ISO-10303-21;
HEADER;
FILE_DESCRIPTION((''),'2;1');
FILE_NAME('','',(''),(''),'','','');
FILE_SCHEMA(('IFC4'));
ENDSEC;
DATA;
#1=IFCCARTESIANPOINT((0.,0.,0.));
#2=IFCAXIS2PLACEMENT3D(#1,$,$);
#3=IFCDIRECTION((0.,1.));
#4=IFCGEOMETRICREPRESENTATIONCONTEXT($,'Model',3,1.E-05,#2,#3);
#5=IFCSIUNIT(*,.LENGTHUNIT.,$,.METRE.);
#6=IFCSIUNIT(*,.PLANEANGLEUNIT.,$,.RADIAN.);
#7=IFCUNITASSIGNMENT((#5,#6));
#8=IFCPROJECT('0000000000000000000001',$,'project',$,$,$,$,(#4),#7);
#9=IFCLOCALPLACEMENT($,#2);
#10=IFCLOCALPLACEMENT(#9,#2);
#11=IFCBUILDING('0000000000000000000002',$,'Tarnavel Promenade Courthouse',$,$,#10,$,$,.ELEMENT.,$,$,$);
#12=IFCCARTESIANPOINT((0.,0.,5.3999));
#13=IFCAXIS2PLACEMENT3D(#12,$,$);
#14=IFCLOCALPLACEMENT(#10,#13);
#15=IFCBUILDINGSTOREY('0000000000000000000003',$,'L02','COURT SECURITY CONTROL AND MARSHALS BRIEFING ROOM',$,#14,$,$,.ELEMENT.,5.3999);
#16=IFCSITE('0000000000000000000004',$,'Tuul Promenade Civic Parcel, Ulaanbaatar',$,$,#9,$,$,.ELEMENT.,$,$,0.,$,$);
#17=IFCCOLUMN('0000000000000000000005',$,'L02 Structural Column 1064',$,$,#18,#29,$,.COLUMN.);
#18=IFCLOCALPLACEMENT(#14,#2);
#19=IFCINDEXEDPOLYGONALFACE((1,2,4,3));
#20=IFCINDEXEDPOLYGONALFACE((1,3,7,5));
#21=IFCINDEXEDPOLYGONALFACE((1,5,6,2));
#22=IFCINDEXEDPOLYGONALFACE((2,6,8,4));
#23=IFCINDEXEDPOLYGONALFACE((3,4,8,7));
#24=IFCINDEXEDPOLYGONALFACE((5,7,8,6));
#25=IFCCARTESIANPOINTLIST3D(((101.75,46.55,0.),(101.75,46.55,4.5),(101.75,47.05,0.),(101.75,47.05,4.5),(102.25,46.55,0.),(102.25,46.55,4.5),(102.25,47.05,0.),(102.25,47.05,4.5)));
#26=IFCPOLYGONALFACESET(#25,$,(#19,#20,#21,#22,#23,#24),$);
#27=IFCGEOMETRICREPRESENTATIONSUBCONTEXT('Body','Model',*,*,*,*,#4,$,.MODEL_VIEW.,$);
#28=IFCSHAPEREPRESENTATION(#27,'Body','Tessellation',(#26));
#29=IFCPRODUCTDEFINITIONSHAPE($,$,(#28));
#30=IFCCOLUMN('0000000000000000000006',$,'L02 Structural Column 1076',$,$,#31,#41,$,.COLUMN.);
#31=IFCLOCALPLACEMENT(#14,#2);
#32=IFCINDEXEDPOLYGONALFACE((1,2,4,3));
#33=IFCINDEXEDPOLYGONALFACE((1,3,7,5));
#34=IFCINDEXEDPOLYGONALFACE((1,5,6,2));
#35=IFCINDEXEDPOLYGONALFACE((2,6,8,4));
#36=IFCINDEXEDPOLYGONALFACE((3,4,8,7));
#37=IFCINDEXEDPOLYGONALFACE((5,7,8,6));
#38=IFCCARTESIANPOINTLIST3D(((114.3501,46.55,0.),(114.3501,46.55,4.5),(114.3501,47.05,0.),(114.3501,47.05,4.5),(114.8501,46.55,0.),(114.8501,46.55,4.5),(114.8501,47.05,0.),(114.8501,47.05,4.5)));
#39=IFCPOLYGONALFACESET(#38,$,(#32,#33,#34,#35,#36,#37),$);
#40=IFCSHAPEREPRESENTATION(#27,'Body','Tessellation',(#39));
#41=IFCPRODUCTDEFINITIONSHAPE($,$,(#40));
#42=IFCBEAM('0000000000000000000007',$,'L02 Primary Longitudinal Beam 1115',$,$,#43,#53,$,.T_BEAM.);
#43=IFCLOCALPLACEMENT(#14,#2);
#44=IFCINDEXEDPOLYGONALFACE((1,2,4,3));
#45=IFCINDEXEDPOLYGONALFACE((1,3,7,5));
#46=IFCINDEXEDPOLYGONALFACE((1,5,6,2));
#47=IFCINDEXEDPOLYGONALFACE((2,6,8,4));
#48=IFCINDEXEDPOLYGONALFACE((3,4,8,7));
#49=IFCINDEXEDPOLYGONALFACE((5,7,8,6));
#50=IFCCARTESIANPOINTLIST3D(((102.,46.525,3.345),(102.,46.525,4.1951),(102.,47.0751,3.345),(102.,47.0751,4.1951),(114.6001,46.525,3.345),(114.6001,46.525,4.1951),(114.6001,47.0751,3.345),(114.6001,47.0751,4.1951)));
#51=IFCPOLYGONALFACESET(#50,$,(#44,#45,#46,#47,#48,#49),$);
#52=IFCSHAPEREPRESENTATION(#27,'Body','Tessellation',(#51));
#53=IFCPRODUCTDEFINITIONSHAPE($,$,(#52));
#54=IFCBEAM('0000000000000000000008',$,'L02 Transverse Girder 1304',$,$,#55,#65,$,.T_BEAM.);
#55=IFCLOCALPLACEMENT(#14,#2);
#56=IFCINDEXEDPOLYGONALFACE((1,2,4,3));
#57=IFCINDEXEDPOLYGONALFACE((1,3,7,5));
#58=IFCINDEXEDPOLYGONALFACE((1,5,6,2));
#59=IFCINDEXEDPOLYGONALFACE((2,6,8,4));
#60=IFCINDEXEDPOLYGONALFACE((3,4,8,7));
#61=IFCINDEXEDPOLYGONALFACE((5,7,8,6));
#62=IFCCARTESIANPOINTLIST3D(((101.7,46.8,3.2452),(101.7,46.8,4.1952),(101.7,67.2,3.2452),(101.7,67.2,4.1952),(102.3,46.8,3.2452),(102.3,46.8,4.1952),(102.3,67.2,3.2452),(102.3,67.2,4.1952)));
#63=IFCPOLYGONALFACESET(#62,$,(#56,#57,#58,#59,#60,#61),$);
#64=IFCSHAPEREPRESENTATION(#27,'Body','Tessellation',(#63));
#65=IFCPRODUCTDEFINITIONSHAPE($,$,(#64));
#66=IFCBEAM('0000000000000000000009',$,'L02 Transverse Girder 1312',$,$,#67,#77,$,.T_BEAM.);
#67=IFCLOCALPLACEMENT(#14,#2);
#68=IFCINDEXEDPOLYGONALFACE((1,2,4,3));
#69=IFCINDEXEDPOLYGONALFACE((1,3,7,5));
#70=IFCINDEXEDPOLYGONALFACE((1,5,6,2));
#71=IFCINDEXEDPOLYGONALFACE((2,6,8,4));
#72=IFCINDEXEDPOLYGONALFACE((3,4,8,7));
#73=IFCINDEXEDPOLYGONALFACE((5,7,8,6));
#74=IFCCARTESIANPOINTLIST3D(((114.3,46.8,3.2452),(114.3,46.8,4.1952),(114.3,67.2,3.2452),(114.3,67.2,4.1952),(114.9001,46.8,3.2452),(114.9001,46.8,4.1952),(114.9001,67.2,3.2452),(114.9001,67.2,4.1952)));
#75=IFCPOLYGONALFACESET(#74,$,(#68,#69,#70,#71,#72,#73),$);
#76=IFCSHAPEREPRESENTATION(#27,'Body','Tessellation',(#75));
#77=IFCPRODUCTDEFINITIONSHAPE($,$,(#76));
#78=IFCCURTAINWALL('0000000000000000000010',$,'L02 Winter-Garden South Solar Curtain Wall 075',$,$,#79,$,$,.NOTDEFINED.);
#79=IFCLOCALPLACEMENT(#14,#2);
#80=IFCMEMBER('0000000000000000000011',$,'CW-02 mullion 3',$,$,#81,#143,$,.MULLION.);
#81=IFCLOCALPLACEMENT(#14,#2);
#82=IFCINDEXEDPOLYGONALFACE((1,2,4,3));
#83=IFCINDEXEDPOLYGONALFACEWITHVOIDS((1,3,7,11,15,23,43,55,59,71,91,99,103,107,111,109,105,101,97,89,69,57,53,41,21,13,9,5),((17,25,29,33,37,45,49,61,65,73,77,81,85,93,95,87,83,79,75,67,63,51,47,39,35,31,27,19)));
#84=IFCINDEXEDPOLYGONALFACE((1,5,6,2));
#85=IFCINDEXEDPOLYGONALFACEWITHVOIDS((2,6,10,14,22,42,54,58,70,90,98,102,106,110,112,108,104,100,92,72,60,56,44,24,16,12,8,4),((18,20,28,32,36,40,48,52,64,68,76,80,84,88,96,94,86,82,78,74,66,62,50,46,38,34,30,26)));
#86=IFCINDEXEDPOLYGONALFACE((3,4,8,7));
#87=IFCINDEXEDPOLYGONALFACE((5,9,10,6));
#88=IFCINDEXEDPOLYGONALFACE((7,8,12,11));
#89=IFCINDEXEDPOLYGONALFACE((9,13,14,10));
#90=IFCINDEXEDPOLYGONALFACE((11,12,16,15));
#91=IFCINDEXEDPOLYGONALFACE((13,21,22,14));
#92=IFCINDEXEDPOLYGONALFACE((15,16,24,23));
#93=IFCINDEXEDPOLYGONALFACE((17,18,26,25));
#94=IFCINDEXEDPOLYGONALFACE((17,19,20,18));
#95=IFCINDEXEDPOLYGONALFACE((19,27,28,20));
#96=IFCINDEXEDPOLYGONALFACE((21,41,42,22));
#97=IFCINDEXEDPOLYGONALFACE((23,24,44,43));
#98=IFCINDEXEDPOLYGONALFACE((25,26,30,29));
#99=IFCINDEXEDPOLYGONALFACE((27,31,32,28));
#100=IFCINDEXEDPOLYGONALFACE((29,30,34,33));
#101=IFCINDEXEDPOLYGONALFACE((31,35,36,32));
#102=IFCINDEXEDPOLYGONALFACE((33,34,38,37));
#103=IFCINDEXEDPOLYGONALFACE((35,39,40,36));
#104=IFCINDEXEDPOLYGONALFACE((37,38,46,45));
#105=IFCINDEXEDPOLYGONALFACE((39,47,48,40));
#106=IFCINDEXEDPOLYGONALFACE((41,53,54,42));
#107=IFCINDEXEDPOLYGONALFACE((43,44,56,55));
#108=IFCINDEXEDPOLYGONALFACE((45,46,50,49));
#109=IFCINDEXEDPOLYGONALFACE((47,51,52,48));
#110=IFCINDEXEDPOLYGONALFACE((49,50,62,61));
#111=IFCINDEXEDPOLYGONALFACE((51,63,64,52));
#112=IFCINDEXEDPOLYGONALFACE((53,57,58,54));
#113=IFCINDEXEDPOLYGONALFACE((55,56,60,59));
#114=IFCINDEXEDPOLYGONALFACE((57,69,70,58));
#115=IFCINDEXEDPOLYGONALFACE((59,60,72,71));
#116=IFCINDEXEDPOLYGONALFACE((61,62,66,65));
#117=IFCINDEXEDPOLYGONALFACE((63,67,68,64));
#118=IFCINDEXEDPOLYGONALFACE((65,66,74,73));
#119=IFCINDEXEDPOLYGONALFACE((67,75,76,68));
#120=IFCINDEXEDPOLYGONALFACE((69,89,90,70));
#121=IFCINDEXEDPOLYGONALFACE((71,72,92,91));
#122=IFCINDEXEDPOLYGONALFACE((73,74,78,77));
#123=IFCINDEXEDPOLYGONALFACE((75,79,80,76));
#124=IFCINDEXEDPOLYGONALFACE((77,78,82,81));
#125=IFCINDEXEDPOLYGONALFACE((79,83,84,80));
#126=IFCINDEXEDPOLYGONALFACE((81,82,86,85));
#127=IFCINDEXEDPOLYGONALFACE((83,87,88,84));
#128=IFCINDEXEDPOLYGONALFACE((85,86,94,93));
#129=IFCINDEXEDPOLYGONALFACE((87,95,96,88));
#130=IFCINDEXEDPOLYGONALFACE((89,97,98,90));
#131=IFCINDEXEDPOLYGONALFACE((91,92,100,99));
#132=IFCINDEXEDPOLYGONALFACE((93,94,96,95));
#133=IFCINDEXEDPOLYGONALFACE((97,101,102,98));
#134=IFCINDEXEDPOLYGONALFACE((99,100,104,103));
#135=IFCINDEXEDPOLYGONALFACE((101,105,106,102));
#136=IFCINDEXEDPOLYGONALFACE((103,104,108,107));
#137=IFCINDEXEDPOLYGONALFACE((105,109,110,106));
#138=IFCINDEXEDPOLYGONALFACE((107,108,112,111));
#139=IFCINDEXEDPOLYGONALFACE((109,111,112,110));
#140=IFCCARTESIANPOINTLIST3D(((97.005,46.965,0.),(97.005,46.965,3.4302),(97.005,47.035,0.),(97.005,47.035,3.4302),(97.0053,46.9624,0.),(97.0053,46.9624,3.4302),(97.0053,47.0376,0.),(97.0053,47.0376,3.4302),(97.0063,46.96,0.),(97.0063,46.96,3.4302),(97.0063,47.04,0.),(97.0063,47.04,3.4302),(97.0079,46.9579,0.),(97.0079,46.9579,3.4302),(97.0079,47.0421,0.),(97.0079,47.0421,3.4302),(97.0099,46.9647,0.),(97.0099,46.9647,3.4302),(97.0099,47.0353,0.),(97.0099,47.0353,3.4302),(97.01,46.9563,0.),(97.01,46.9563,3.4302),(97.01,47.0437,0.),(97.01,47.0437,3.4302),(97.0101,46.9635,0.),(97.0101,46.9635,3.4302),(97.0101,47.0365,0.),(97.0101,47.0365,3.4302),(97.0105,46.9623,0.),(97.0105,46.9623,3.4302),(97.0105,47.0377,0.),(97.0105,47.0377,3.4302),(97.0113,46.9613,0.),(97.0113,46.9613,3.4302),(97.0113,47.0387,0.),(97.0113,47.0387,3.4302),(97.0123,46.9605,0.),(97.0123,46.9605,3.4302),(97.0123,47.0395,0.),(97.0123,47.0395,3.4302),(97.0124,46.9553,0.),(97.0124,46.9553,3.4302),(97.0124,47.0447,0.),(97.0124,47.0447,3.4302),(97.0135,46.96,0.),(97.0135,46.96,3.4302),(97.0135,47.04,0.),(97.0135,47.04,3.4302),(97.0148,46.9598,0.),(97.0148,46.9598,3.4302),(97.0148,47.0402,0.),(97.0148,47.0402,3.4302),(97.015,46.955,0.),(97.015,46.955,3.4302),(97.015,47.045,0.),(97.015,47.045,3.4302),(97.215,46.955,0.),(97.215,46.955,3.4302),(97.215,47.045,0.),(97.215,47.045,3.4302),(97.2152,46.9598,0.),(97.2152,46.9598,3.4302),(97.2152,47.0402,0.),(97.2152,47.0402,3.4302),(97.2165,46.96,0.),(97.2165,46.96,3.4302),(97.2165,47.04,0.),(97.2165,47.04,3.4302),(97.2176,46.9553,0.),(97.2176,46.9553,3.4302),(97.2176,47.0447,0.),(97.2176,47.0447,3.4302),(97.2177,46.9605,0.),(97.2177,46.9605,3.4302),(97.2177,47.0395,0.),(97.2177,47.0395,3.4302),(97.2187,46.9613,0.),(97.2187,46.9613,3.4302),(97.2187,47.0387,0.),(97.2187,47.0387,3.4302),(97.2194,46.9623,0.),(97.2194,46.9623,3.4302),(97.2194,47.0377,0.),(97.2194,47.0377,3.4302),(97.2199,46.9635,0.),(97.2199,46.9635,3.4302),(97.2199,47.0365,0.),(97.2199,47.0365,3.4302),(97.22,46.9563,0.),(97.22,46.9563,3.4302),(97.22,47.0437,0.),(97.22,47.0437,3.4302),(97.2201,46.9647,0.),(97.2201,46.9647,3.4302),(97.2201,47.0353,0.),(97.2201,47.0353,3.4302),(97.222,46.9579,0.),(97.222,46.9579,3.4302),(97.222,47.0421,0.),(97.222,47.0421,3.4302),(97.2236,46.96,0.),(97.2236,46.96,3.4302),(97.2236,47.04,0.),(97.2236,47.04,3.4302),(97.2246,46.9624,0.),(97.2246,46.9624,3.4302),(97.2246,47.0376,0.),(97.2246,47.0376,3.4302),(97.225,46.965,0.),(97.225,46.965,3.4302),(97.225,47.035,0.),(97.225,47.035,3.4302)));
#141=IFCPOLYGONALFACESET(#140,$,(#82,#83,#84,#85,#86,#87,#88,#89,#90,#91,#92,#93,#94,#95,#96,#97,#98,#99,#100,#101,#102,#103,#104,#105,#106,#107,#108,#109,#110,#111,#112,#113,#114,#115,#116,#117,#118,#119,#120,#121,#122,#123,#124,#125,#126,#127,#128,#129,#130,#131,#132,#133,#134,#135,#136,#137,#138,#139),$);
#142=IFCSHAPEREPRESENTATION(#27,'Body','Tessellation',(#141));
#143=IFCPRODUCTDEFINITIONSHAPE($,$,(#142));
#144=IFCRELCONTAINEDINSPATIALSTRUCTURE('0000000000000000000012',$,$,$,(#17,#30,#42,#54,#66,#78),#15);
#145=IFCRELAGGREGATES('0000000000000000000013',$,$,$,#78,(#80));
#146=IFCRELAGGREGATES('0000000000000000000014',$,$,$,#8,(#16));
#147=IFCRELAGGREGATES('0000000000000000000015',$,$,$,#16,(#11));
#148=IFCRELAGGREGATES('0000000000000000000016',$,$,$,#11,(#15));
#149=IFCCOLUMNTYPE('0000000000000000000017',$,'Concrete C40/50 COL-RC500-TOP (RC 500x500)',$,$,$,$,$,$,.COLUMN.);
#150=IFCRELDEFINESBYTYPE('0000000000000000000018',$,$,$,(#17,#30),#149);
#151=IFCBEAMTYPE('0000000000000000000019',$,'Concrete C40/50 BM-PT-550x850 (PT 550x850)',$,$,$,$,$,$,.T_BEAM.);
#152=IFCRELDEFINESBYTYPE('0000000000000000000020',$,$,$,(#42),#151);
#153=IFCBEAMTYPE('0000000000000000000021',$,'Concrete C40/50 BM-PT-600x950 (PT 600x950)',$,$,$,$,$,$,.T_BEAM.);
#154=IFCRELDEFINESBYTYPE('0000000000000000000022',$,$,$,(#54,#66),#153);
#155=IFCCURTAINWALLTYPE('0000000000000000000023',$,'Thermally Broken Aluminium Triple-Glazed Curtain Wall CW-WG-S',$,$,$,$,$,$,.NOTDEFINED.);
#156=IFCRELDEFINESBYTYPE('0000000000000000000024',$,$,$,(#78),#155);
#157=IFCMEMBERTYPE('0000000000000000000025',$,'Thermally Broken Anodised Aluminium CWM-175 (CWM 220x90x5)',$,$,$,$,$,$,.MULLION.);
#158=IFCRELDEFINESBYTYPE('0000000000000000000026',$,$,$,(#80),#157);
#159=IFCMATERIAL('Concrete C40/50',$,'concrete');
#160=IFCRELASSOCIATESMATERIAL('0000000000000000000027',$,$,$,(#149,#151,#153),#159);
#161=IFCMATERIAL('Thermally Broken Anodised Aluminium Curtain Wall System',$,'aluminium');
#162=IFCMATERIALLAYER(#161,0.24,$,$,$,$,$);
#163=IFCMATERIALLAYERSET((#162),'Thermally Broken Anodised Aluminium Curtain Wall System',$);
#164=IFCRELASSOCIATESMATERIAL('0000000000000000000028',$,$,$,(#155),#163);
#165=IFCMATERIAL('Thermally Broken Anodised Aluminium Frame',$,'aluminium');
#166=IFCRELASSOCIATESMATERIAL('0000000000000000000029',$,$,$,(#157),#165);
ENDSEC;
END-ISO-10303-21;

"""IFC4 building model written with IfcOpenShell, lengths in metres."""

from ifc_helpers import new_model, si_unit, direction, frame, origin, origin_2d, place, context, subcontext, project, spatial, rectangle, hollow_rectangle, extrude, material, layer, layer_set, material_profile, profile_set, type_object, element, aggregate, save


model = new_model("IFC4")

# Units and contexts
model_context = context("Model", 3, precision=1e-05, world=origin(), true_north=direction((0.0, 1.0)))
body_context = subcontext(model_context, "Body", "Model", "MODEL_VIEW")
ifc_project = project(units=[si_unit("LENGTHUNIT", "METRE"), si_unit("PLANEANGLEUNIT", "RADIAN")], contexts=[model_context])

# Site, building, storey
site_placement = place(None, origin())
site = spatial("IfcSite", under=ifc_project, at=site_placement, Name="Tuul Promenade Civic Parcel, Ulaanbaatar", CompositionType="ELEMENT", RefElevation=0.0)
building_placement = place(site_placement, origin())
building = spatial("IfcBuilding", under=site, at=building_placement, Name="Tarnavel Promenade Courthouse", CompositionType="ELEMENT")
storey_placement = place(building_placement, frame((0.0, 0.0, 5.3999)))
storey = spatial("IfcBuildingStorey", under=building, at=storey_placement, Name="L02", Description="COURT SECURITY CONTROL AND MARSHALS BRIEFING ROOM", CompositionType="ELEMENT", Elevation=5.3999)

# Columns
ifc_material_1 = material(Name="Concrete C40/50", Category="concrete")
ifc_material_profile_1 = material_profile(ifc_material_1, rectangle(XDim=0.5, YDim=0.5, at=origin_2d()), Name="RC 500x500")
ifc_profile_set_1 = profile_set([ifc_material_profile_1], Name="Concrete C40/50")
column_type = type_object("IfcColumnType", Name="Concrete C40/50 COL-RC500-TOP (RC 500x500)", PredefinedType="COLUMN", material=ifc_profile_set_1)
for number, where, z_axis, x_axis, name in (
    (1, (102.0, 46.8, 0.0), (0.0, 0.0, 1.0), (1.0, 0.0, 0.0), "L02 Structural Column 1064"),
    (2, (114.6001, 46.8, 0.0), (0.0, 0.0, 1.0), (1.0, 0.0, 0.0), "L02 Structural Column 1076"),
):
    element("IfcColumn", number, at=place(storey_placement, frame(where, z_axis=z_axis, x_axis=x_axis)), inside=storey, type_object=column_type, Name=name, PredefinedType="COLUMN", context=body_context, shape_type="SweptSolid", body=[
        extrude(rectangle(XDim=0.5, YDim=0.5, at=origin_2d()), origin(), (0.0, 0.0, 1.0), 4.5),
    ])

# Beams
ifc_material_profile_2 = material_profile(ifc_material_1, rectangle(XDim=0.55, YDim=0.8501, at=origin_2d()), Name="PT 550x850")
ifc_profile_set_2 = profile_set([ifc_material_profile_2], Name="Concrete C40/50")
beam_type_1 = type_object("IfcBeamType", Name="Concrete C40/50 BM-PT-550x850 (PT 550x850)", PredefinedType="T_BEAM", material=ifc_profile_set_2)
beam_placement = place(storey_placement, frame((102.0, 46.8, 3.77), z_axis=(1.0, 0.0, 0.0), x_axis=(0.0, 1.0, 0.0)))
element("IfcBeam", 3, at=beam_placement, inside=storey, type_object=beam_type_1, Name="L02 Primary Longitudinal Beam 1115", PredefinedType="T_BEAM", context=body_context, shape_type="SweptSolid", body=[
    extrude(rectangle(XDim=0.55, YDim=0.8501, at=origin_2d()), origin(), (0.0, 0.0, 1.0), 12.6001),
])
ifc_material_profile_3 = material_profile(ifc_material_1, rectangle(XDim=0.6001, YDim=0.95, at=origin_2d()), Name="PT 600x950")
ifc_profile_set_3 = profile_set([ifc_material_profile_3], Name="Concrete C40/50")
beam_type_2 = type_object("IfcBeamType", Name="Concrete C40/50 BM-PT-600x950 (PT 600x950)", PredefinedType="T_BEAM", material=ifc_profile_set_3)
for number, where, z_axis, x_axis, name in (
    (4, (102.0, 46.8, 3.7202), (0.0, 1.0, 0.0), (-1.0, 0.0, 0.0), "L02 Transverse Girder 1304"),
    (5, (114.6001, 46.8, 3.7202), (0.0, 1.0, 0.0), (-1.0, 0.0, 0.0), "L02 Transverse Girder 1312"),
):
    element("IfcBeam", number, at=place(storey_placement, frame(where, z_axis=z_axis, x_axis=x_axis)), inside=storey, type_object=beam_type_2, Name=name, PredefinedType="T_BEAM", context=body_context, shape_type="SweptSolid", body=[
        extrude(rectangle(XDim=0.6001, YDim=0.95, at=origin_2d()), origin(), (0.0, 0.0, 1.0), 20.3999),
    ])

# Curtain wall, member
ifc_material_2 = material(Name="Thermally Broken Anodised Aluminium Curtain Wall System", Category="aluminium")
ifc_layer_1 = layer(ifc_material_2, 0.24)
ifc_layer_set_1 = layer_set([ifc_layer_1], Name="Thermally Broken Anodised Aluminium Curtain Wall System")
curtain_wall_type = type_object("IfcCurtainWallType", Name="Thermally Broken Aluminium Triple-Glazed Curtain Wall CW-WG-S", PredefinedType="NOTDEFINED", material=ifc_layer_set_1)
curtain_wall_1_placement = place(storey_placement, origin())
curtain_wall_1 = element("IfcCurtainWall", 6, at=curtain_wall_1_placement, inside=storey, type_object=curtain_wall_type, Name="L02 Winter-Garden South Solar Curtain Wall 075", PredefinedType="NOTDEFINED")
ifc_material_3 = material(Name="Thermally Broken Anodised Aluminium Frame", Category="aluminium")
ifc_material_profile_4 = material_profile(ifc_material_3, hollow_rectangle(XDim=0.0901, YDim=0.22, WallThickness=0.0049, InnerFilletRadius=0.0049, OuterFilletRadius=0.01, at=origin_2d()), Name="CWM 220x90x5")
ifc_profile_set_4 = profile_set([ifc_material_profile_4], Name="Thermally Broken Anodised Aluminium Frame")
member_type_1 = type_object("IfcMemberType", Name="Thermally Broken Anodised Aluminium CWM-175 (CWM 220x90x5)", PredefinedType="MULLION", material=ifc_profile_set_4)
member_1_placement = place(storey_placement, frame((97.115, 47.0, 0.0), z_axis=(0.0, 0.0, 1.0), x_axis=(0.0, 1.0, 0.0)))
member_1 = element("IfcMember", 7, at=member_1_placement, type_object=member_type_1, Name="CW-02 mullion 3", PredefinedType="MULLION", context=body_context, shape_type="SweptSolid", body=[
    extrude(hollow_rectangle(XDim=0.0901, YDim=0.22, WallThickness=0.0049, InnerFilletRadius=0.0049, OuterFilletRadius=0.01, at=origin_2d()), origin(), (0.0, 0.0, 1.0), 3.4302),
])
aggregate(curtain_wall_1, [member_1])

save(model, "model.ifc")
